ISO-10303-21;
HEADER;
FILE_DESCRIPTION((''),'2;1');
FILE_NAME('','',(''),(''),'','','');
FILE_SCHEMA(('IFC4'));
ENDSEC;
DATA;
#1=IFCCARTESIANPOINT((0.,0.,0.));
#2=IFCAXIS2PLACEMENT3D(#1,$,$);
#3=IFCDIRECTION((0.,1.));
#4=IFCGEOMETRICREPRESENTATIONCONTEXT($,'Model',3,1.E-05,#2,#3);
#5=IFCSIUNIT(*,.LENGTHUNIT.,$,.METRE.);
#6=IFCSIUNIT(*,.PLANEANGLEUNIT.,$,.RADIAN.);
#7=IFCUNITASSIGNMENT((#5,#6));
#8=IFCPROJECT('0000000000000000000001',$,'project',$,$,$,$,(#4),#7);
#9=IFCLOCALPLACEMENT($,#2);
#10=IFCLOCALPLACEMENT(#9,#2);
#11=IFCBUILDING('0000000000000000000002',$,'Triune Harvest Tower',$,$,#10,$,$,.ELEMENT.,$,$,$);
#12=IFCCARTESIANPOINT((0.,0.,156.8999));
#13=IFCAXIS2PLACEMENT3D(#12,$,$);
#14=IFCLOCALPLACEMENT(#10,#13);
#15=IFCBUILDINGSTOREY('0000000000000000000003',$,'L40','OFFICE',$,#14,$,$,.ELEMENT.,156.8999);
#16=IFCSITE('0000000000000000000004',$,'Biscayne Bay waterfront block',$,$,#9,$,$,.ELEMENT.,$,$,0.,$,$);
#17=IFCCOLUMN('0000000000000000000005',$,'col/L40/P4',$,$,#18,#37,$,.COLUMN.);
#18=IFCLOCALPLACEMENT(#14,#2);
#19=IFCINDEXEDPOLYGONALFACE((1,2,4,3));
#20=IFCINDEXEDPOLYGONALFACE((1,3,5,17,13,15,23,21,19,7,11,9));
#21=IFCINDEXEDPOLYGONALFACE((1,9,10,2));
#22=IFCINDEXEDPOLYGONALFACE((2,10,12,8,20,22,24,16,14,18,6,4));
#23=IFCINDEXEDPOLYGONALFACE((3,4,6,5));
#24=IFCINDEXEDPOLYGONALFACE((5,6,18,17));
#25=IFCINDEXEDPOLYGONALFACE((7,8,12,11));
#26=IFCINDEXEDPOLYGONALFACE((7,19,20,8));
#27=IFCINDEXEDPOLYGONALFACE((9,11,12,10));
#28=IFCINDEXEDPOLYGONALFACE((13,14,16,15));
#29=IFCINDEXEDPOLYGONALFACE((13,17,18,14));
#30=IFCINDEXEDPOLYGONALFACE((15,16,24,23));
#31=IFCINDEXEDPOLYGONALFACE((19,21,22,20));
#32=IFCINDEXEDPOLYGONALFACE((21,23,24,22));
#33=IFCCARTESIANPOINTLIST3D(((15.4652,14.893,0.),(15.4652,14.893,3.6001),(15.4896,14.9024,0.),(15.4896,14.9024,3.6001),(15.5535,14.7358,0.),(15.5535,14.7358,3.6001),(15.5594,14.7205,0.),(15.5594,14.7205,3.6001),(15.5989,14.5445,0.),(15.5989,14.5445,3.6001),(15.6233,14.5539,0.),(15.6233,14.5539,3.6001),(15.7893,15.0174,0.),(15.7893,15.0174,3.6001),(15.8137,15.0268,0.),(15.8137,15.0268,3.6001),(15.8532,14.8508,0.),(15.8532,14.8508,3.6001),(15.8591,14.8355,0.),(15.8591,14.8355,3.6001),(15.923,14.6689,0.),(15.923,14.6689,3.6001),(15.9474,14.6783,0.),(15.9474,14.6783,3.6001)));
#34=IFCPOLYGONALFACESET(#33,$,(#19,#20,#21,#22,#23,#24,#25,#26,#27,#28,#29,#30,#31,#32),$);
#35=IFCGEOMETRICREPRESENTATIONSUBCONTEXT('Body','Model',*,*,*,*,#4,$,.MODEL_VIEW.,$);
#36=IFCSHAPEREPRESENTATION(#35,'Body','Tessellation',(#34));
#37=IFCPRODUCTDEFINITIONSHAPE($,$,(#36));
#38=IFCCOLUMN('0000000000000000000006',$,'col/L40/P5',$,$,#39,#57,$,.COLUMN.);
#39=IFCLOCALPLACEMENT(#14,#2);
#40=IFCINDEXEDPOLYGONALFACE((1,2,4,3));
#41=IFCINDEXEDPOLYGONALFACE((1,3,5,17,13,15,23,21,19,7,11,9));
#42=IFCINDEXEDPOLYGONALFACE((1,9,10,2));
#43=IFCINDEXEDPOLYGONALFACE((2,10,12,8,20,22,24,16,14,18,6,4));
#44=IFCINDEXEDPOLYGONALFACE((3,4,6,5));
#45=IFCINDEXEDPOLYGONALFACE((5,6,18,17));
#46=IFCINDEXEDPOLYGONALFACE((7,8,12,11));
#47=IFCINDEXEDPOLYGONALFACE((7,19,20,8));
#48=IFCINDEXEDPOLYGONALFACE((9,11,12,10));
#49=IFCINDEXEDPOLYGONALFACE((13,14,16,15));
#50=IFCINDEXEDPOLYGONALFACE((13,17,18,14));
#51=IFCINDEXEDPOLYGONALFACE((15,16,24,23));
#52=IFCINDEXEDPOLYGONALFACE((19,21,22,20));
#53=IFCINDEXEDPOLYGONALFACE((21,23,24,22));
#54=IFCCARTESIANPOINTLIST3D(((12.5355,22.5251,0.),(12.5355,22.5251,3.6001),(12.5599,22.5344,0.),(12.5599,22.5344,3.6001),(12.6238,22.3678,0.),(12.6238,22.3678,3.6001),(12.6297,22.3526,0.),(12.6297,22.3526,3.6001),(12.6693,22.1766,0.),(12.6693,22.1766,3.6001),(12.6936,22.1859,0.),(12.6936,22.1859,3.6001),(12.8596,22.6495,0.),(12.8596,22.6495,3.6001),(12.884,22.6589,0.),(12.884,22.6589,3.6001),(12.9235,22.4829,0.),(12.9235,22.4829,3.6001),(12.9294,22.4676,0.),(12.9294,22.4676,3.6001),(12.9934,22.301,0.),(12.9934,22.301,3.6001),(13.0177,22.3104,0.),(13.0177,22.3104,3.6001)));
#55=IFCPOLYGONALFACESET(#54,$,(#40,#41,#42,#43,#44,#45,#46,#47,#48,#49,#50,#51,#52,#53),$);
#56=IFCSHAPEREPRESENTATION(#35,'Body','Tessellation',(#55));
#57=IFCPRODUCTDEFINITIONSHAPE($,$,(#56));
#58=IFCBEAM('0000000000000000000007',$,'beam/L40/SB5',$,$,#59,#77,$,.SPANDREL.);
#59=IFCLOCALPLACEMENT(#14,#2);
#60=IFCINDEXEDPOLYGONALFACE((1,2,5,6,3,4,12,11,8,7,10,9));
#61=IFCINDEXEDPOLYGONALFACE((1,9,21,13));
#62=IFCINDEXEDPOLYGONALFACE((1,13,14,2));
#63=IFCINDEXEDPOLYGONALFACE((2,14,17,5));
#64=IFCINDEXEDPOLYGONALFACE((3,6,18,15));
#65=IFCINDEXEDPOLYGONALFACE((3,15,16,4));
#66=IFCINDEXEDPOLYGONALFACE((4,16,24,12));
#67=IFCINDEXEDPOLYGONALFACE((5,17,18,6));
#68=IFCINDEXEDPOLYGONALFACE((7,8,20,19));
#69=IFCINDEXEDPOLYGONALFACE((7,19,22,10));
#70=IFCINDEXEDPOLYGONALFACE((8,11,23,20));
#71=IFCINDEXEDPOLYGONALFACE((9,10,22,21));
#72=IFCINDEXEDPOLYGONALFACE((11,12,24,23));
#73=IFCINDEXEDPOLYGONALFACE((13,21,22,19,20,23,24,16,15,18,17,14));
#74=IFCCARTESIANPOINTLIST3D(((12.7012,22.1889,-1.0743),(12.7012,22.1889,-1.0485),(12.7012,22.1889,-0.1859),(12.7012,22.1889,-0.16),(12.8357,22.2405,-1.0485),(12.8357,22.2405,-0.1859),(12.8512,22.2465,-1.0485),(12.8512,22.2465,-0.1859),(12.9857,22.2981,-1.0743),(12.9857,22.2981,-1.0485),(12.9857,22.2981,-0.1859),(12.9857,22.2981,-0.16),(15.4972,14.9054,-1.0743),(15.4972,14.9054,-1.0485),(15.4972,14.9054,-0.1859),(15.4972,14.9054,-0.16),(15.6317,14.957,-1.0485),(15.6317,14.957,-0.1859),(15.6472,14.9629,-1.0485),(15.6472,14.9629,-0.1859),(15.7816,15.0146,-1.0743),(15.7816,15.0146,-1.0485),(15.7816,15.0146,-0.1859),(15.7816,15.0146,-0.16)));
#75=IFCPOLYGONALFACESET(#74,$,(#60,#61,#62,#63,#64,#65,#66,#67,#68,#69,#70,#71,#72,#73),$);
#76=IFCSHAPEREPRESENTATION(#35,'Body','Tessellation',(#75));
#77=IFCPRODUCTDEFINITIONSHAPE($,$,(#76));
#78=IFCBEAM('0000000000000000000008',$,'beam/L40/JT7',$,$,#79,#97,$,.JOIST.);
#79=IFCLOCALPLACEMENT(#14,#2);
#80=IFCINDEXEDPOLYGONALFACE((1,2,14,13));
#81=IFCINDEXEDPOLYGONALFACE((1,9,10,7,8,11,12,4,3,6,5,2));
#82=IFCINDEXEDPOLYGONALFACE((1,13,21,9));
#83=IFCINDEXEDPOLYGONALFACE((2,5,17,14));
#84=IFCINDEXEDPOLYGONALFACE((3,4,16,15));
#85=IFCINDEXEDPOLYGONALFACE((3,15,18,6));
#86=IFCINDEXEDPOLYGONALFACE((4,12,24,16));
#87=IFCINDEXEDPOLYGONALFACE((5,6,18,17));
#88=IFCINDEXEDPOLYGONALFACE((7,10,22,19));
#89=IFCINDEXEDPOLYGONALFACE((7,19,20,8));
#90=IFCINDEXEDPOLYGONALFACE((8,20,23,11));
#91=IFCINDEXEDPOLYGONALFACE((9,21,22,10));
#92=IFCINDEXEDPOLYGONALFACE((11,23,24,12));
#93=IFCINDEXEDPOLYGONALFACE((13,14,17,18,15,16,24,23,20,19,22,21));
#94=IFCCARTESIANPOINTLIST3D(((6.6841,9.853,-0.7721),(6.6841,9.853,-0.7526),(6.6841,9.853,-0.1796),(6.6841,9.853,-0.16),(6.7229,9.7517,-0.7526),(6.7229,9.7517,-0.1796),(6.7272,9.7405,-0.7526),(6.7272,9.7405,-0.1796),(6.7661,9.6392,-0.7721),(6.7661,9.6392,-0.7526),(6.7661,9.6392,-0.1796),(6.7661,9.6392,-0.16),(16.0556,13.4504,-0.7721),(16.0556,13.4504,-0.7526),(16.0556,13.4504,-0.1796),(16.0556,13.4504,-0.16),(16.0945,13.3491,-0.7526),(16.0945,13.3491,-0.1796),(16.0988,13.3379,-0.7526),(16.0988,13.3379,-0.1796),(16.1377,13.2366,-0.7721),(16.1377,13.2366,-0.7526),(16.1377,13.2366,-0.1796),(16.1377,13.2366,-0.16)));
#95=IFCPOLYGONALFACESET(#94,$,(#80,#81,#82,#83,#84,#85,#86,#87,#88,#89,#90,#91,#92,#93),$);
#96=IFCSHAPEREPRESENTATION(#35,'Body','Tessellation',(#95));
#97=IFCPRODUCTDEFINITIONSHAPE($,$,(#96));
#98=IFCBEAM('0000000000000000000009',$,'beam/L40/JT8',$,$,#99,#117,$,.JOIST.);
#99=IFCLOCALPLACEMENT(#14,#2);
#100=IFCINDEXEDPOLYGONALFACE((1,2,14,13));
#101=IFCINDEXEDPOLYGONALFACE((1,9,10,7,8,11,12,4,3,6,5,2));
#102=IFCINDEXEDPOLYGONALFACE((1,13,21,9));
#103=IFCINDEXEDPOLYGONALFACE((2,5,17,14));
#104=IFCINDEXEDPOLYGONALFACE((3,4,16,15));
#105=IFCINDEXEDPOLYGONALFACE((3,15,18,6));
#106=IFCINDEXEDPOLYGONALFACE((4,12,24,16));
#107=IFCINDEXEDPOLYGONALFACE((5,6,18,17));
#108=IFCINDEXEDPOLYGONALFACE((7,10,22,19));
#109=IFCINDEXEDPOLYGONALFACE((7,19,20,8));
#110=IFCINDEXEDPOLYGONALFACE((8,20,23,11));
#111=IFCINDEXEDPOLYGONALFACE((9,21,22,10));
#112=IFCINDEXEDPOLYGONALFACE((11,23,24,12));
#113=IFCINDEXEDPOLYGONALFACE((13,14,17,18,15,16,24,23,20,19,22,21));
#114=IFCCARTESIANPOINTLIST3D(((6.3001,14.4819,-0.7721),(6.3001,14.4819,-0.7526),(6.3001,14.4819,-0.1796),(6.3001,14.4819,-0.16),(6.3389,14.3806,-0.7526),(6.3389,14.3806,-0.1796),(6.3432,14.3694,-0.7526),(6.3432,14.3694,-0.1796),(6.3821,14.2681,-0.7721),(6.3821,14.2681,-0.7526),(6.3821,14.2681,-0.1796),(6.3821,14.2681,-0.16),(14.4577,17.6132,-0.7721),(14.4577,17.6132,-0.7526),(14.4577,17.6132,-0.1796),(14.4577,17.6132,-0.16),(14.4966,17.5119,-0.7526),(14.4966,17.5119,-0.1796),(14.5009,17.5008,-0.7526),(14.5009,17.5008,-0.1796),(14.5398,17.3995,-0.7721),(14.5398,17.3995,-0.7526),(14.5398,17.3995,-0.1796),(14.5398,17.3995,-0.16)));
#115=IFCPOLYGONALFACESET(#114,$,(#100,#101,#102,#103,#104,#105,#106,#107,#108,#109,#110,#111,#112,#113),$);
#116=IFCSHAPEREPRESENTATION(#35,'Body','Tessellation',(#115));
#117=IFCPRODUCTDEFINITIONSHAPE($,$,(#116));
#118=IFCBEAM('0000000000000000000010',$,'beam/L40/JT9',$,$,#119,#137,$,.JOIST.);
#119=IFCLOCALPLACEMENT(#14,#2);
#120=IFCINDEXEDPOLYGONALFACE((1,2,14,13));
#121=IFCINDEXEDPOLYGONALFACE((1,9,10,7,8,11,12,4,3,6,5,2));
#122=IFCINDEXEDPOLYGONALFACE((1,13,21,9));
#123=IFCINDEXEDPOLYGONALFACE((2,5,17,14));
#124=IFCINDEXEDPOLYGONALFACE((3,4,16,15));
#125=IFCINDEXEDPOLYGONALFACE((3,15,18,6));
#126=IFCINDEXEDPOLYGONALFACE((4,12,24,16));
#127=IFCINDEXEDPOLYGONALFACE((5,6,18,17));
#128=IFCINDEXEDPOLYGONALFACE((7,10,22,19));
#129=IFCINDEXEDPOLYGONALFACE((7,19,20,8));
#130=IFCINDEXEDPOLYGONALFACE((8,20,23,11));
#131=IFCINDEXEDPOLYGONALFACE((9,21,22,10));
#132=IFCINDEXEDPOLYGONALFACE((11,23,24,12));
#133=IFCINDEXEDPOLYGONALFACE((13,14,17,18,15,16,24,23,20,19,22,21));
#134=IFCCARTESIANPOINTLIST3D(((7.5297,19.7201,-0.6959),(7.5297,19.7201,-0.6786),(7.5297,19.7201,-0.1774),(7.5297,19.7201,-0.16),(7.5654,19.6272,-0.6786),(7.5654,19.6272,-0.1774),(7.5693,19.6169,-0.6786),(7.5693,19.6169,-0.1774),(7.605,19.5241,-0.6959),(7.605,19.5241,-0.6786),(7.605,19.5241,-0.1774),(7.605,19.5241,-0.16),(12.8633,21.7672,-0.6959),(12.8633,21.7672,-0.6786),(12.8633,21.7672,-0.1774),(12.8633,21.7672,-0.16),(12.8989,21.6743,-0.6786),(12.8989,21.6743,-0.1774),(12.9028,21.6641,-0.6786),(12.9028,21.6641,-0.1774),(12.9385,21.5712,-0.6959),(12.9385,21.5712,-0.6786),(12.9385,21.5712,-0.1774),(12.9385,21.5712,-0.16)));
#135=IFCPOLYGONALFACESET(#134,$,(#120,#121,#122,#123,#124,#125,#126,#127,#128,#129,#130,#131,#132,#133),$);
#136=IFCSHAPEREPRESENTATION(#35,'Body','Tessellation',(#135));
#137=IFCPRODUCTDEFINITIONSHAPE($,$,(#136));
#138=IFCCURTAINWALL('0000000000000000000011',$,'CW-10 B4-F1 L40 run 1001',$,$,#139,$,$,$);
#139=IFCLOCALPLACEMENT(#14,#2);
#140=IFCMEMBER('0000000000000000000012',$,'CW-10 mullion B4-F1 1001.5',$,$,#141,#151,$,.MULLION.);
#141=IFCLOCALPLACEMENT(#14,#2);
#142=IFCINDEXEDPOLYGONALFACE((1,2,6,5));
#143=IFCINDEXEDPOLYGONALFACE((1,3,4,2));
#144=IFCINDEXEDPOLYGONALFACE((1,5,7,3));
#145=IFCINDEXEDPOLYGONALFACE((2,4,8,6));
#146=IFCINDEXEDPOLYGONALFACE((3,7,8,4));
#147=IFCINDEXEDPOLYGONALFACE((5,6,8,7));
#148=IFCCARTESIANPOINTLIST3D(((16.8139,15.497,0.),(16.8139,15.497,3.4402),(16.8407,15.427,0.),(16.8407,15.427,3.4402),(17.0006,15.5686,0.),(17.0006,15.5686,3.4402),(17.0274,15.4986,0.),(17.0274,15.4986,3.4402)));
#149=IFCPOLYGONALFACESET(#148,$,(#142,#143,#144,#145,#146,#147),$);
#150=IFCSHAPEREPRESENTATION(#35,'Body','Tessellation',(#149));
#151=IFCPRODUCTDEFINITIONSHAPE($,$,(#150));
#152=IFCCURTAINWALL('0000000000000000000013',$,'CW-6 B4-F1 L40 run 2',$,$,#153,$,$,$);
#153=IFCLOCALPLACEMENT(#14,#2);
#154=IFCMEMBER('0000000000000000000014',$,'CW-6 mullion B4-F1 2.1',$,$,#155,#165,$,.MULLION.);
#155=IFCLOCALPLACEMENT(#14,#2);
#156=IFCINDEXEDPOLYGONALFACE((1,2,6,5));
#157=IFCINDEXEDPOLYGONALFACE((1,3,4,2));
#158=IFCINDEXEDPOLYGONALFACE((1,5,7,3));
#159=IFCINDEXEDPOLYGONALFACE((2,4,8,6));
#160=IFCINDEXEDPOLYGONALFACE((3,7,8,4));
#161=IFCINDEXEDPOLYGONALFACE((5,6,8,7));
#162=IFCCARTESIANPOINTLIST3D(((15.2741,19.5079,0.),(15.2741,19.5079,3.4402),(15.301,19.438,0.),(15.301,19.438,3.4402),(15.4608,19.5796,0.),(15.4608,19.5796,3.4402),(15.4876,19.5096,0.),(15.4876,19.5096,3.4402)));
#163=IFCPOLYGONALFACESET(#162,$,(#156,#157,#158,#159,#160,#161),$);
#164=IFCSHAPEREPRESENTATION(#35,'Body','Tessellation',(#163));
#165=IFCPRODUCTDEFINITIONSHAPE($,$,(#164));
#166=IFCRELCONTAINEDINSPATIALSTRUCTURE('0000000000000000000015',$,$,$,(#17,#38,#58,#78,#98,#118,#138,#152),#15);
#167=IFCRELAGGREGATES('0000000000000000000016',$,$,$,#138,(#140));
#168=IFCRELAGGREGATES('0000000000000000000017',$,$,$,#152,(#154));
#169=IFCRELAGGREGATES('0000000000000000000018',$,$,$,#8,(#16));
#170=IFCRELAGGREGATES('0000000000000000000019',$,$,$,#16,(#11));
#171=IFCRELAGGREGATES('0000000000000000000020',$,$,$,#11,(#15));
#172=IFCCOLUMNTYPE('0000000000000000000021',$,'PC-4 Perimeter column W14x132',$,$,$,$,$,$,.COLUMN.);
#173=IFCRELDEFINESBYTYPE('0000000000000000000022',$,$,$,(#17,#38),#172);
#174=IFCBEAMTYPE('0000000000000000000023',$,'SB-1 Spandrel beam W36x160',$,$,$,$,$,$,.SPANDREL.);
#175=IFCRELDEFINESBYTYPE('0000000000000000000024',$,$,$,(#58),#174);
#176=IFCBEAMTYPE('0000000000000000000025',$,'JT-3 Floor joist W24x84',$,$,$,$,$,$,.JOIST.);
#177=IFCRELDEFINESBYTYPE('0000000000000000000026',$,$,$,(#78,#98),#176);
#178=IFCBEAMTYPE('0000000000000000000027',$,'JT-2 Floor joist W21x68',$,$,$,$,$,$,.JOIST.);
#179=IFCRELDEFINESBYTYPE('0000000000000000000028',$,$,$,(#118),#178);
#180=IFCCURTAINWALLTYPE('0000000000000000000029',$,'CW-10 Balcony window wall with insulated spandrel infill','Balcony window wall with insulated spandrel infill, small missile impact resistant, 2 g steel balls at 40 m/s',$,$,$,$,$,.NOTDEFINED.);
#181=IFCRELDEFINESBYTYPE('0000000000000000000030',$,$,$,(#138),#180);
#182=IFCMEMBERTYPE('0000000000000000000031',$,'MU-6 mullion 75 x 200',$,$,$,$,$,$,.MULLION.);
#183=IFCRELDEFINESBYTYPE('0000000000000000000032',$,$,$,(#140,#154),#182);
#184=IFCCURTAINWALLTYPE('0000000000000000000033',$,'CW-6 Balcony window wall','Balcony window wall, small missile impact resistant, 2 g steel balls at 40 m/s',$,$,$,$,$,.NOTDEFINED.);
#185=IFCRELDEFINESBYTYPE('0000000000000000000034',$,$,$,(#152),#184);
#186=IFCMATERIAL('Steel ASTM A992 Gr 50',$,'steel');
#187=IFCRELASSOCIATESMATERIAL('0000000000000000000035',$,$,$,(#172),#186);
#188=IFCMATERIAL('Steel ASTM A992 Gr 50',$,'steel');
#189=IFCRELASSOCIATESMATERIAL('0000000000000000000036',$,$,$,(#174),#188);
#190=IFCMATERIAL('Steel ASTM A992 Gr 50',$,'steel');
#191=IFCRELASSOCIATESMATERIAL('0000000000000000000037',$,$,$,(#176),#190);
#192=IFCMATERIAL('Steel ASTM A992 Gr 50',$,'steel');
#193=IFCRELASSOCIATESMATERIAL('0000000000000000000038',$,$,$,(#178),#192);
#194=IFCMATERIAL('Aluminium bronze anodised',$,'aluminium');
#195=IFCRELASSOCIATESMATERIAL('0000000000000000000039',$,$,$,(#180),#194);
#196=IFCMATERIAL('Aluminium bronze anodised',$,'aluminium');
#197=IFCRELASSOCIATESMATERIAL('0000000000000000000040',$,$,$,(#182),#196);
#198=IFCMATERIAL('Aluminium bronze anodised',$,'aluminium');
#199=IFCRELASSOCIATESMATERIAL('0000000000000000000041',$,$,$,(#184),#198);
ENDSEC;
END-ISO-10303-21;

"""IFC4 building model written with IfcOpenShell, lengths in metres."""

from ifc_helpers import new_model, si_unit, direction, frame, origin, origin_2d, place, context, subcontext, project, spatial, rectangle, i_section, extrude, source, transform, mapped, material, material_profile, profile_set, type_object, element, aggregate, save


model = new_model("IFC4")

# Units and contexts
model_context = context("Model", 3, precision=1e-05, world=origin(), true_north=direction((0.0, 1.0)))
body_context = subcontext(model_context, "Body", "Model", "MODEL_VIEW")
ifc_project = project(units=[si_unit("LENGTHUNIT", "METRE"), si_unit("PLANEANGLEUNIT", "RADIAN")], contexts=[model_context])

# Site, building, storey
site_placement = place(None, origin())
site = spatial("IfcSite", under=ifc_project, at=site_placement, Name="Biscayne Bay waterfront block", CompositionType="ELEMENT", RefElevation=0.0)
building_placement = place(site_placement, origin())
building = spatial("IfcBuilding", under=site, at=building_placement, Name="Triune Harvest Tower", CompositionType="ELEMENT")
storey_placement = place(building_placement, frame((0.0, 0.0, 156.8999)))
storey = spatial("IfcBuildingStorey", under=building, at=storey_placement, Name="L40", Description="OFFICE", CompositionType="ELEMENT", Elevation=156.8999)

# Columns
ifc_material_1 = material(Name="Steel ASTM A992 Gr 50", Category="steel")
ifc_material_profile_1 = material_profile(ifc_material_1, i_section(OverallWidth=0.3733, OverallDepth=0.3733, WebThickness=0.0164, FlangeThickness=0.0261, at=origin_2d()), Name="W14x132")
ifc_profile_set_1 = profile_set([ifc_material_profile_1], Name="Steel ASTM A992 Gr 50")
column_type = type_object("IfcColumnType", Name="PC-4 Perimeter column W14x132", PredefinedType="COLUMN", material=ifc_profile_set_1)
shared_shape_1 = source(origin(), body_context, "Body", "SweptSolid", [
    extrude(i_section(OverallWidth=0.3733, OverallDepth=0.3733, WebThickness=0.0164, FlangeThickness=0.0261, at=origin_2d()), origin(), (0.0, 0.0, 1.0), 3.6001),
])
for number, where, z_axis, x_axis, name in (
    (1, (15.7063, 14.7856, 0.0), (0.0, 0.0, 1.0), (-0.358368, 0.93358, 0.0), "col/L40/P4"),
    (2, (12.7766, 22.4177, 0.0), (0.0, 0.0, 1.0), (-0.358368, 0.93358, 0.0), "col/L40/P5"),
):
    element("IfcColumn", number, at=place(storey_placement, frame(where, z_axis=z_axis, x_axis=x_axis)), inside=storey, type_object=column_type, Name=name, PredefinedType="COLUMN", context=body_context, shape_type="MappedRepresentation", body=[
        mapped(shared_shape_1, transform((0.0, 0.0, 0.0), scale=1.0)),
    ])

# Beams
ifc_material_2 = material(Name="Steel ASTM A992 Gr 50", Category="steel")
ifc_material_profile_2 = material_profile(ifc_material_2, i_section(OverallWidth=0.3047, OverallDepth=0.9143, WebThickness=0.0166, FlangeThickness=0.0259, at=origin_2d()), Name="W36x160")
ifc_profile_set_2 = profile_set([ifc_material_profile_2], Name="Steel ASTM A992 Gr 50")
beam_type_1 = type_object("IfcBeamType", Name="SB-1 Spandrel beam W36x160", PredefinedType="SPANDREL", material=ifc_profile_set_2)
shared_shape_2 = source(origin(), body_context, "Body", "SweptSolid", [
    extrude(i_section(OverallWidth=0.3047, OverallDepth=0.9143, WebThickness=0.0166, FlangeThickness=0.0259, at=origin_2d()), origin(), (0.0, 0.0, 1.0), 7.8018),
])
beam_1_placement = place(storey_placement, frame((15.6394, 14.96, -0.6172), z_axis=(-0.358373, 0.933578, 0.0), x_axis=(-0.933578, -0.358373, 0.0)))
element("IfcBeam", 3, at=beam_1_placement, inside=storey, type_object=beam_type_1, Name="beam/L40/SB5", PredefinedType="SPANDREL", context=body_context, shape_type="MappedRepresentation", body=[
    mapped(shared_shape_2, transform((0.0, 0.0, 0.0), scale=1.0)),
])
ifc_material_3 = material(Name="Steel ASTM A992 Gr 50", Category="steel")
ifc_material_profile_3 = material_profile(ifc_material_3, i_section(OverallWidth=0.229, OverallDepth=0.6121, WebThickness=0.012, FlangeThickness=0.0195, at=origin_2d()), Name="W24x84")
ifc_profile_set_3 = profile_set([ifc_material_profile_3], Name="Steel ASTM A992 Gr 50")
beam_type_2 = type_object("IfcBeamType", Name="JT-3 Floor joist W24x84", PredefinedType="JOIST", material=ifc_profile_set_3)
shared_shape_3 = source(origin(), body_context, "Body", "SweptSolid", [
    extrude(i_section(OverallWidth=0.229, OverallDepth=0.6121, WebThickness=0.012, FlangeThickness=0.0195, at=origin_2d()), origin(), (0.0, 0.0, 1.0), 10.0383),
])
beam_2_placement = place(storey_placement, frame((16.0967, 13.3435, -0.4661), z_axis=(-0.93358, -0.358368, 0.0), x_axis=(0.358368, -0.93358, 0.0)))
element("IfcBeam", 4, at=beam_2_placement, inside=storey, type_object=beam_type_2, Name="beam/L40/JT7", PredefinedType="JOIST", context=body_context, shape_type="MappedRepresentation", body=[
    mapped(shared_shape_3, transform((0.0, 0.0, 0.0), scale=1.0)),
])
shared_shape_4 = source(origin(), body_context, "Body", "SweptSolid", [
    extrude(i_section(OverallWidth=0.229, OverallDepth=0.6121, WebThickness=0.012, FlangeThickness=0.0195, at=origin_2d()), origin(), (0.0, 0.0, 1.0), 8.738),
])
beam_3_placement = place(storey_placement, frame((14.4988, 17.5063, -0.4661), z_axis=(-0.933584, -0.358357, 0.0), x_axis=(0.358357, -0.933584, 0.0)))
element("IfcBeam", 5, at=beam_3_placement, inside=storey, type_object=beam_type_2, Name="beam/L40/JT8", PredefinedType="JOIST", context=body_context, shape_type="MappedRepresentation", body=[
    mapped(shared_shape_4, transform((0.0, 0.0, 0.0), scale=1.0)),
])
ifc_material_4 = material(Name="Steel ASTM A992 Gr 50", Category="steel")
ifc_material_profile_4 = material_profile(ifc_material_4, i_section(OverallWidth=0.21, OverallDepth=0.5359, WebThickness=0.011, FlangeThickness=0.0173, at=origin_2d()), Name="W21x68")
ifc_profile_set_4 = profile_set([ifc_material_profile_4], Name="Steel ASTM A992 Gr 50")
beam_type_3 = type_object("IfcBeamType", Name="JT-2 Floor joist W21x68", PredefinedType="JOIST", material=ifc_profile_set_4)
shared_shape_5 = source(origin(), body_context, "Body", "SweptSolid", [
    extrude(i_section(OverallWidth=0.21, OverallDepth=0.5359, WebThickness=0.011, FlangeThickness=0.0173, at=origin_2d()), origin(), (0.0, 0.0, 1.0), 5.7129),
])
beam_4_placement = place(storey_placement, frame((12.9009, 21.6692, -0.428), z_axis=(-0.933593, -0.358335, 0.0), x_axis=(0.358335, -0.933593, 0.0)))
element("IfcBeam", 6, at=beam_4_placement, inside=storey, type_object=beam_type_3, Name="beam/L40/JT9", PredefinedType="JOIST", context=body_context, shape_type="MappedRepresentation", body=[
    mapped(shared_shape_5, transform((0.0, 0.0, 0.0), scale=1.0)),
])

# Curtain walls, members
ifc_material_5 = material(Name="Aluminium bronze anodised", Category="aluminium")
curtain_wall_type_1 = type_object("IfcCurtainWallType", Name="CW-10 Balcony window wall with insulated spandrel infill", Description="Balcony window wall with insulated spandrel infill, small missile impact resistant, 2 g steel balls at 40 m/s", PredefinedType="NOTDEFINED", material=ifc_material_5)
curtain_wall_1_placement = place(storey_placement, origin())
curtain_wall_1 = element("IfcCurtainWall", 7, at=curtain_wall_1_placement, inside=storey, type_object=curtain_wall_type_1, Name="CW-10 B4-F1 L40 run 1001")
ifc_material_6 = material(Name="Aluminium bronze anodised", Category="aluminium")
ifc_material_profile_5 = material_profile(ifc_material_6, rectangle(XDim=0.2, YDim=0.075, at=origin_2d()), Name="MU-6 mullion 75 x 200")
ifc_profile_set_5 = profile_set([ifc_material_profile_5], Name="Aluminium bronze anodised")
member_type_1 = type_object("IfcMemberType", Name="MU-6 mullion 75 x 200", PredefinedType="MULLION", material=ifc_profile_set_5)
shared_shape_6 = source(origin(), body_context, "Body", "SweptSolid", [
    extrude(rectangle(XDim=0.2, YDim=0.075, at=origin_2d()), origin(), (0.0, 0.0, 1.0), 3.4402),
])
member_1_placement = place(storey_placement, frame((16.9207, 15.4978, 0.0), z_axis=(0.0, 0.0, 1.0), x_axis=(-0.933579, -0.358371, 0.0)))
member_1 = element("IfcMember", 8, at=member_1_placement, type_object=member_type_1, Name="CW-10 mullion B4-F1 1001.5", PredefinedType="MULLION", context=body_context, shape_type="MappedRepresentation", body=[
    mapped(shared_shape_6, transform((0.0, 0.0, 0.0), scale=1.0)),
])
ifc_material_7 = material(Name="Aluminium bronze anodised", Category="aluminium")
curtain_wall_type_2 = type_object("IfcCurtainWallType", Name="CW-6 Balcony window wall", Description="Balcony window wall, small missile impact resistant, 2 g steel balls at 40 m/s", PredefinedType="NOTDEFINED", material=ifc_material_7)
curtain_wall_2_placement = place(storey_placement, origin())
curtain_wall_2 = element("IfcCurtainWall", 9, at=curtain_wall_2_placement, inside=storey, type_object=curtain_wall_type_2, Name="CW-6 B4-F1 L40 run 2")
member_2_placement = place(storey_placement, frame((15.3809, 19.5088, 0.0), z_axis=(0.0, 0.0, 1.0), x_axis=(-0.93358, -0.358369, 0.0)))
member_2 = element("IfcMember", 10, at=member_2_placement, type_object=member_type_1, Name="CW-6 mullion B4-F1 2.1", PredefinedType="MULLION", context=body_context, shape_type="MappedRepresentation", body=[
    mapped(shared_shape_6, transform((0.0, 0.0, 0.0), scale=1.0)),
])

aggregate(curtain_wall_1, [member_1])
aggregate(curtain_wall_2, [member_2])

save(model, "model.ifc")
